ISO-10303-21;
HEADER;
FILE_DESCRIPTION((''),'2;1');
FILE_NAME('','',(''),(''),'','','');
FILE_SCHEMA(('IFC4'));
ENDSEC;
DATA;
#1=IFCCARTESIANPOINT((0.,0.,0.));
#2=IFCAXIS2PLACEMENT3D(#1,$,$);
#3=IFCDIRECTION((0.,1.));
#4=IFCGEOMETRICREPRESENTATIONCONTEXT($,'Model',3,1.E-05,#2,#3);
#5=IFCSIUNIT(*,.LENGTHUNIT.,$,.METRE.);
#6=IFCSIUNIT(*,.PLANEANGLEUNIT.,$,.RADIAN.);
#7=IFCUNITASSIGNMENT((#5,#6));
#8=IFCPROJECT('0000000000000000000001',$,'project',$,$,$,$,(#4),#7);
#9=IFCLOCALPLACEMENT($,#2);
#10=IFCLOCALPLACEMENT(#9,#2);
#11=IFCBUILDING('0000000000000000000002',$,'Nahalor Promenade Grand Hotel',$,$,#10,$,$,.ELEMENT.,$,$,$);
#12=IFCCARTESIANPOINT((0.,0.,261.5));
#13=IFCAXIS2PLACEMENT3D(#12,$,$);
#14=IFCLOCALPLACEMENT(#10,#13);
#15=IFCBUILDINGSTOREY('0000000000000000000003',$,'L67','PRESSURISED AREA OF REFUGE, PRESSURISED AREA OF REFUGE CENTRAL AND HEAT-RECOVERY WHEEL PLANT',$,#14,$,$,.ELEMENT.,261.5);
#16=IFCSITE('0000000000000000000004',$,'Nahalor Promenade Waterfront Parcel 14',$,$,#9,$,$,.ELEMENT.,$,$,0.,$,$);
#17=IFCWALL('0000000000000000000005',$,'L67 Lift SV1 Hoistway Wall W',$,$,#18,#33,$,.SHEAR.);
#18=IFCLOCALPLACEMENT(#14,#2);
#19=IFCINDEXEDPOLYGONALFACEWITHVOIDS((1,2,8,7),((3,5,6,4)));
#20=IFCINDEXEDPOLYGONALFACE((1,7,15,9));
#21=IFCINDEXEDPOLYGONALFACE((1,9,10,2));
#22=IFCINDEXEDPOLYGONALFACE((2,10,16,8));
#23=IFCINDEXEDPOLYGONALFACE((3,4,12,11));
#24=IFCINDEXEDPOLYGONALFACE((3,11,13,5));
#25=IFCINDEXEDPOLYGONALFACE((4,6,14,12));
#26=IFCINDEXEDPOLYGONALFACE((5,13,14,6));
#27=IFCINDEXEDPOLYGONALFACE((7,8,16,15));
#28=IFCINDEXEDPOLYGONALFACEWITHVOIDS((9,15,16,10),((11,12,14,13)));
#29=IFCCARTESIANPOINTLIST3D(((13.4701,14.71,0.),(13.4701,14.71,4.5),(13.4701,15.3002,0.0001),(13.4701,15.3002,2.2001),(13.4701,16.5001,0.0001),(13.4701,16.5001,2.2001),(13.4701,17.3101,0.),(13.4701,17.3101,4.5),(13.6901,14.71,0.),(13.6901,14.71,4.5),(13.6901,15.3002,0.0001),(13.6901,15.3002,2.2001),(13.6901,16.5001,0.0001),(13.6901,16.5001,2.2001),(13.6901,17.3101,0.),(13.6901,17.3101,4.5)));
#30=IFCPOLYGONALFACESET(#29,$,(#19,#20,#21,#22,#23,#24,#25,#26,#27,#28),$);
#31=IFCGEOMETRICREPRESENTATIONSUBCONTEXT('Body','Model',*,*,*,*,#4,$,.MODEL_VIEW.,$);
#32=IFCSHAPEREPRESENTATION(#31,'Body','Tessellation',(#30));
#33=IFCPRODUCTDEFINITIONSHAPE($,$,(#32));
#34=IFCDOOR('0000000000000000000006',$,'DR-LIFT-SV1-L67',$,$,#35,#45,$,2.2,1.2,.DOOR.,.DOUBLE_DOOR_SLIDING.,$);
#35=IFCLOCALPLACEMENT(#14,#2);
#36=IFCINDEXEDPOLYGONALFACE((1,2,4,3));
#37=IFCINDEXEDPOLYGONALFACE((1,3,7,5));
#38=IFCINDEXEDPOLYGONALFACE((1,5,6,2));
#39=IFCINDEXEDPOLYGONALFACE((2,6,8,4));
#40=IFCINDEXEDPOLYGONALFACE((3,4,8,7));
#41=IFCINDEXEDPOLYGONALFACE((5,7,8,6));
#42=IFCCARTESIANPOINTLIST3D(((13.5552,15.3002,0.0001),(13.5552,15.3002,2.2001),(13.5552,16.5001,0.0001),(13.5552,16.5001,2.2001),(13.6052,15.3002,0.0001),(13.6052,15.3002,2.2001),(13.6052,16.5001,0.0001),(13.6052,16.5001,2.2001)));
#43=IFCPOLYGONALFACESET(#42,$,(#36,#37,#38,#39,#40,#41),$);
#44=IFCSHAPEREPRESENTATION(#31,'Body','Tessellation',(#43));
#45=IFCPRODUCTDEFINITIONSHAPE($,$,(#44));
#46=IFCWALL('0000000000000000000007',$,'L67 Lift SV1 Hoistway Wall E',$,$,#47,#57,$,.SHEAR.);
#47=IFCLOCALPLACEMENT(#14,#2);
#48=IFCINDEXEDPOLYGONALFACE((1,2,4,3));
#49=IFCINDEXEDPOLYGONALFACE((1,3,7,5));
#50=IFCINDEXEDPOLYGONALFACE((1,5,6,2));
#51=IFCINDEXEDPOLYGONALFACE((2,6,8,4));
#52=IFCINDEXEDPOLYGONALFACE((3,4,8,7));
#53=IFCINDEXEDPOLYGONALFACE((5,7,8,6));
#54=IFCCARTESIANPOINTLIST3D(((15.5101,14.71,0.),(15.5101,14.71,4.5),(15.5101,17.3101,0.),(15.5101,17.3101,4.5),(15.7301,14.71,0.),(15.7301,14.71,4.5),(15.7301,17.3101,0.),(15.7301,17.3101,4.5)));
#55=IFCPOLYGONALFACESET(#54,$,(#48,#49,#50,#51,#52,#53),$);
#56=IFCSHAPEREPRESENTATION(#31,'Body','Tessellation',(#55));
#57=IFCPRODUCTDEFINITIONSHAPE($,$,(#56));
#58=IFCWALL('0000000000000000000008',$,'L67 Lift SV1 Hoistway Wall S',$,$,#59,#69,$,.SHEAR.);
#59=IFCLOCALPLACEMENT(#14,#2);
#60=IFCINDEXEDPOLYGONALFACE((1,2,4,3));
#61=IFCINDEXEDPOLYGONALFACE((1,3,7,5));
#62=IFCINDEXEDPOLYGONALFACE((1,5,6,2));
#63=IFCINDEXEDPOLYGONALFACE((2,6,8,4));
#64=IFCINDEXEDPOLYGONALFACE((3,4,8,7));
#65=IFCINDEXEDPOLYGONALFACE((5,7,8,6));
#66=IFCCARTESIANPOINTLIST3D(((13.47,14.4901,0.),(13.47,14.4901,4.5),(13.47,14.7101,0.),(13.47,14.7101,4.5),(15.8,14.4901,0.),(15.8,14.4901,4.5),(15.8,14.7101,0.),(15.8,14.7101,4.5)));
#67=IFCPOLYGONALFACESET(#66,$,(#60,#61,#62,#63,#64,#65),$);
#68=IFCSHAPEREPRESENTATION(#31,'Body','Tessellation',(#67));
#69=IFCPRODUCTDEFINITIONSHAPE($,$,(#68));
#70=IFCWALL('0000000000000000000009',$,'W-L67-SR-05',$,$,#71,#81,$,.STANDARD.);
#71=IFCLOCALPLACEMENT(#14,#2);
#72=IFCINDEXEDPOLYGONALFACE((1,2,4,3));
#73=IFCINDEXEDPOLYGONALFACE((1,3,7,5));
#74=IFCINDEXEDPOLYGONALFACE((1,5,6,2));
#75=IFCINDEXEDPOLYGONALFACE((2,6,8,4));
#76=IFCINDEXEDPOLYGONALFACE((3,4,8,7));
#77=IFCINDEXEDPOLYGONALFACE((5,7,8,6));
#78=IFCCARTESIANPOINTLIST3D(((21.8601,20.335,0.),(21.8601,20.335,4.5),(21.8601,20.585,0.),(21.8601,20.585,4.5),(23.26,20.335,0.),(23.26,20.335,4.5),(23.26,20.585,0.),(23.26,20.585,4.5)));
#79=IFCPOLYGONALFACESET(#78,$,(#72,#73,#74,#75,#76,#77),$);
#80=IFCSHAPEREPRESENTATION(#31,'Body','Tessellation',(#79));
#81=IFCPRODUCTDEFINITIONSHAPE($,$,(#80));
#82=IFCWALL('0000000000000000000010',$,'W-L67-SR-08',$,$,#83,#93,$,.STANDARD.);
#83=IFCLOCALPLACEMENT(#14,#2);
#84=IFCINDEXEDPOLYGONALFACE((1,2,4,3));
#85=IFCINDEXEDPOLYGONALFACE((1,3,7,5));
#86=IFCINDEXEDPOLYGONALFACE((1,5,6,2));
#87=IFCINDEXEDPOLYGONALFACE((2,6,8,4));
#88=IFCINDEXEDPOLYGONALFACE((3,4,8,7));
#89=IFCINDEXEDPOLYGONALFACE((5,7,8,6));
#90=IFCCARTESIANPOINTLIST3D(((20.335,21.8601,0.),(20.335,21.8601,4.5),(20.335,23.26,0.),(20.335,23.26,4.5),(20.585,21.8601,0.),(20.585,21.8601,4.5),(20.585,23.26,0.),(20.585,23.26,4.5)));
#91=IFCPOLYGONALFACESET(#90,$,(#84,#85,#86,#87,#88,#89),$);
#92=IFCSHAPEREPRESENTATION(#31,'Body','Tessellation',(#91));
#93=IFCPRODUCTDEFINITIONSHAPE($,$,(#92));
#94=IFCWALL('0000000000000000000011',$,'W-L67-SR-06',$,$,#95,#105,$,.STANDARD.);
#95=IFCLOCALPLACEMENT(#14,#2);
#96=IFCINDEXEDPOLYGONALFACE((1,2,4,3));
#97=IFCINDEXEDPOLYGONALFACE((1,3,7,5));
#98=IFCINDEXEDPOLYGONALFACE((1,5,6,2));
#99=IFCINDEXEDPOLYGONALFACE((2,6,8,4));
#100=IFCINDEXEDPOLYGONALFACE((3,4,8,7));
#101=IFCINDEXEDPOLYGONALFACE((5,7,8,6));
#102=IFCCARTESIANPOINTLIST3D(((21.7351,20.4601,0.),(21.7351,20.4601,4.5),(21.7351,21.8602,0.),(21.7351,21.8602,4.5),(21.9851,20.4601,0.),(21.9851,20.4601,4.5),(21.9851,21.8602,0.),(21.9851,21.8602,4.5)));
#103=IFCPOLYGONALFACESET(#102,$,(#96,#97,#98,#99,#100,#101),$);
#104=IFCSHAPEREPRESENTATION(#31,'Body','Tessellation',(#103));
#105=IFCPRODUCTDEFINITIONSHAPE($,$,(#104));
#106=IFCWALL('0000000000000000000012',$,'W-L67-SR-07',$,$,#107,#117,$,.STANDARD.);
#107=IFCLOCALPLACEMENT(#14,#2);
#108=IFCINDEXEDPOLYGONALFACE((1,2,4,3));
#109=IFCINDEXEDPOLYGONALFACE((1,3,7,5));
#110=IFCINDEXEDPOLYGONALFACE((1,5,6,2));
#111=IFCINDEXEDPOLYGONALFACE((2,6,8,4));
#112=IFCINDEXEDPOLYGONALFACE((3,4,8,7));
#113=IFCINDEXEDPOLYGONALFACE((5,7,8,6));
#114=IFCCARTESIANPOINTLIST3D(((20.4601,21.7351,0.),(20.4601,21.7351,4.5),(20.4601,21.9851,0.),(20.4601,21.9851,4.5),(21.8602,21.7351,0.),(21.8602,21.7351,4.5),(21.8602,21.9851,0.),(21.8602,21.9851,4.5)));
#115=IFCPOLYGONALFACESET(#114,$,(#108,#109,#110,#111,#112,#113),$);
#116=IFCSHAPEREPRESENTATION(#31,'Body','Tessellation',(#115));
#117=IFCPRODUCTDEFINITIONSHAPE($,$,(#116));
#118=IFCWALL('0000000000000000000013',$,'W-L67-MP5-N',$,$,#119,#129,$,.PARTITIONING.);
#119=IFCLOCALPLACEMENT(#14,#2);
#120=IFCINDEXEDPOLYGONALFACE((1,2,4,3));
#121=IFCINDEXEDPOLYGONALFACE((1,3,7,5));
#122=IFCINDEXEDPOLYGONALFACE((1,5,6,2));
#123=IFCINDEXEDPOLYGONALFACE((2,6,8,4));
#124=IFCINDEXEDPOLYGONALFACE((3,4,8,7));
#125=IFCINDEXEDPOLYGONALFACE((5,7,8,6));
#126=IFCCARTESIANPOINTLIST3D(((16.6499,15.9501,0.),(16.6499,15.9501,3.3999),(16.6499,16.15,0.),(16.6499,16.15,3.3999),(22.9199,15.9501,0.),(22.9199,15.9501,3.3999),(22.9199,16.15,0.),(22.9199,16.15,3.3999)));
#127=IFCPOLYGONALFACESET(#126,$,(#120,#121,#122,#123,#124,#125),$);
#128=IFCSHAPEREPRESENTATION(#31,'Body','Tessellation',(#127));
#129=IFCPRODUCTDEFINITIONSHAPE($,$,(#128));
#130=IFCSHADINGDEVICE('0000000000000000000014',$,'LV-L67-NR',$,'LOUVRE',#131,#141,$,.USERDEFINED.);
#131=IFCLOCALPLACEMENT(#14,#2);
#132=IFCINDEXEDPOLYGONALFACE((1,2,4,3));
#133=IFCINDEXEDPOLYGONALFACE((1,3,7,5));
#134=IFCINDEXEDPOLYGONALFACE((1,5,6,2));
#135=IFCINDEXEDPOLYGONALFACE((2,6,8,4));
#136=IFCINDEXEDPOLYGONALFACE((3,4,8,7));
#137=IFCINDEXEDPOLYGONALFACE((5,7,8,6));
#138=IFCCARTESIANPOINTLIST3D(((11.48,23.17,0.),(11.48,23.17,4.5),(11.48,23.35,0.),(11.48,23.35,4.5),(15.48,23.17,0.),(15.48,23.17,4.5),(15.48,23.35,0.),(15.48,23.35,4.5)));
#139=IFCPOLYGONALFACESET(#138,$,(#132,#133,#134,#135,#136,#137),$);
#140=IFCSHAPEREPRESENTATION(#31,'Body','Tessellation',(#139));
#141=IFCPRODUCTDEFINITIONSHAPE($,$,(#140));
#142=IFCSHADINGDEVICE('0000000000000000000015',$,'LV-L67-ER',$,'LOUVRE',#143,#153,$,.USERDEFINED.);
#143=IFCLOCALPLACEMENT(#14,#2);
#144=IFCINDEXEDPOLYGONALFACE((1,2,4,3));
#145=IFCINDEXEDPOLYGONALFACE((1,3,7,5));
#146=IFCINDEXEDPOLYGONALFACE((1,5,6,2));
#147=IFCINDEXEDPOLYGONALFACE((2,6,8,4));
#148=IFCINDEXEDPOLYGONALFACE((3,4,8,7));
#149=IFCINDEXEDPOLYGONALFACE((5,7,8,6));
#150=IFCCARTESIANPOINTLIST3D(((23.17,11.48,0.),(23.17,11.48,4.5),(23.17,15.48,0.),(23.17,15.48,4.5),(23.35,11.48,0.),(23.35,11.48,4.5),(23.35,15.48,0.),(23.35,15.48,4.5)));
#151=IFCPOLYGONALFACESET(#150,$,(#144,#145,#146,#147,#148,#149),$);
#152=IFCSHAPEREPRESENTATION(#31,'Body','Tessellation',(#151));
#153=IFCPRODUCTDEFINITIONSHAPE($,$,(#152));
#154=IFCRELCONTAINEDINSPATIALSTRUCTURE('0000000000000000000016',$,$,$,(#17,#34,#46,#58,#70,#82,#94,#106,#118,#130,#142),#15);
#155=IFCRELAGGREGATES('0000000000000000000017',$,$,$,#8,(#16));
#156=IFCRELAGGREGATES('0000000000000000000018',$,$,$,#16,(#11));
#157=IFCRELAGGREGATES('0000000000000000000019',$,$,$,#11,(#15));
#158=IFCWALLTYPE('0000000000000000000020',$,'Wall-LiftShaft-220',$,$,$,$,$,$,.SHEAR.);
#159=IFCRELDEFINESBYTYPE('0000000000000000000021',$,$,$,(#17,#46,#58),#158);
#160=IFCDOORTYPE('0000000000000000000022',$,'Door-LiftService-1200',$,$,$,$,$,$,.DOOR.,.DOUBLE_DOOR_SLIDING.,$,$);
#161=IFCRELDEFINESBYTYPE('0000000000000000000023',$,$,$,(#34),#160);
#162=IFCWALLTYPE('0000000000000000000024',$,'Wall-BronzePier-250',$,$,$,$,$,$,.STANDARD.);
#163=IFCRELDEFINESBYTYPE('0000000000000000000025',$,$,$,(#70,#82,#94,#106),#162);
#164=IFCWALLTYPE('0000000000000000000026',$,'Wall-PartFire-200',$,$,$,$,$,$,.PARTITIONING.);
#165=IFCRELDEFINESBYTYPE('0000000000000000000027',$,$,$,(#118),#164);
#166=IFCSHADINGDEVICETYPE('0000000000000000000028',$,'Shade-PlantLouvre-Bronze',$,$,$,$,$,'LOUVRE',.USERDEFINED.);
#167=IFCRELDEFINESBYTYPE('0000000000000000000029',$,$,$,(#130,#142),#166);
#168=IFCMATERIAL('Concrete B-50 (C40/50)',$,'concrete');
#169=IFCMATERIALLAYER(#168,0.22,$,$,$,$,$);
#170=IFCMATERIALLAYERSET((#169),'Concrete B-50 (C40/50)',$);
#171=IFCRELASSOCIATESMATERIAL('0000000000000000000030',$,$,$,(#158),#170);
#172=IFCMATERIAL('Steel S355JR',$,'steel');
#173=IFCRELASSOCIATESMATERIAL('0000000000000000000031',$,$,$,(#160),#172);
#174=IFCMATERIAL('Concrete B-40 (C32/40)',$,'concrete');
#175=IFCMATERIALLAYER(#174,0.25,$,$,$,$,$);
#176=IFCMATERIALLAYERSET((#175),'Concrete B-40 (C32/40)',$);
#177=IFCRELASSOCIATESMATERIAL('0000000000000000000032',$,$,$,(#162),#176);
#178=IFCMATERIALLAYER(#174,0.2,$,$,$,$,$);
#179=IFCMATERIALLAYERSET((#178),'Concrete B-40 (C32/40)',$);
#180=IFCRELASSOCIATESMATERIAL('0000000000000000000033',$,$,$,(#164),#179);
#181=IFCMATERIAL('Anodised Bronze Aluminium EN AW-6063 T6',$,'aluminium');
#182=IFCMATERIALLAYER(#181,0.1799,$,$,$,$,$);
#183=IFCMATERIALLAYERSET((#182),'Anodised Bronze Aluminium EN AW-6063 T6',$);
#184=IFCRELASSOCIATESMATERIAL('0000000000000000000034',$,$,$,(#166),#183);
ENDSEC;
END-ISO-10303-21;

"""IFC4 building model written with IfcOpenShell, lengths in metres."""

from ifc_helpers import new_model, si_unit, direction, frame, frame_2d, origin, origin_2d, place, context, subcontext, project, spatial, rectangle, extrude, source, transform, mapped, material, layer, layer_set, type_object, element, fill, save


model = new_model("IFC4")

# Units and contexts
model_context = context("Model", 3, precision=1e-05, world=origin(), true_north=direction((0.0, 1.0)))
body_context = subcontext(model_context, "Body", "Model", "MODEL_VIEW")
ifc_project = project(units=[si_unit("LENGTHUNIT", "METRE"), si_unit("PLANEANGLEUNIT", "RADIAN")], contexts=[model_context])

# Site, building, storey
site_placement = place(None, origin())
site = spatial("IfcSite", under=ifc_project, at=site_placement, Name="Nahalor Promenade Waterfront Parcel 14", CompositionType="ELEMENT", RefElevation=0.0)
building_placement = place(site_placement, origin())
building = spatial("IfcBuilding", under=site, at=building_placement, Name="Nahalor Promenade Grand Hotel", CompositionType="ELEMENT")
storey_placement = place(building_placement, frame((0.0, 0.0, 261.5)))
storey = spatial("IfcBuildingStorey", under=building, at=storey_placement, Name="L67", Description="PRESSURISED AREA OF REFUGE, PRESSURISED AREA OF REFUGE CENTRAL AND HEAT-RECOVERY WHEEL PLANT", CompositionType="ELEMENT", Elevation=261.5)

# Shared definitions
ifc_material_1 = material(Name="Steel S355JR", Category="steel")

# Shared definitions
ifc_material_2 = material(Name="Concrete B-50 (C40/50)", Category="concrete")
ifc_layer_1 = layer(ifc_material_2, 0.22)
ifc_layer_set_1 = layer_set([ifc_layer_1], Name="Concrete B-50 (C40/50)")
wall_type_1 = type_object("IfcWallType", Name="Wall-LiftShaft-220", PredefinedType="SHEAR", material=ifc_layer_set_1)

# Wall, opening, door
shared_shape_1 = source(origin(), body_context, "Body", "SweptSolid", [
    extrude(rectangle(XDim=2.6001, YDim=0.22, at=frame_2d((1.3, 0.0))), origin(), (0.0, 0.0, 1.0), 4.5),
])
wall_1_placement = place(storey_placement, frame((13.5801, 14.71, 0.0), z_axis=(0.0, 0.0, 1.0), x_axis=(0.0, 1.0, 0.0)))
wall_1 = element("IfcWall", 1, at=wall_1_placement, inside=storey, type_object=wall_type_1, Name="L67 Lift SV1 Hoistway Wall W", PredefinedType="SHEAR", context=body_context, shape_type="MappedRepresentation", body=[
    mapped(shared_shape_1, transform((0.0, 0.0, 0.0), scale=1.0)),
])
opening_placement = place(wall_1_placement, frame((0.5901, 0.0, 0.0)))
opening = element("IfcOpeningElement", 2, at=opening_placement, cuts=wall_1, PredefinedType="OPENING", context=body_context, shape_type="SweptSolid", body=[
    extrude(rectangle(XDim=1.2, YDim=2.2, at=frame_2d((0.6001, 1.1001))), frame((0.0, 0.1199, 0.0), z_axis=(0.0, -1.0, 0.0), x_axis=(1.0, 0.0, 0.0)), (0.0, 0.0, 1.0), 0.24),
])
door_type = type_object("IfcDoorType", Name="Door-LiftService-1200", OperationType="DOUBLE_DOOR_SLIDING", PredefinedType="DOOR", material=ifc_material_1)
shared_shape_2 = source(origin(), body_context, "Body", "SweptSolid", [
    extrude(rectangle(XDim=1.2, YDim=2.2, at=frame_2d((0.6001, 1.1001))), frame((0.0, 0.0249, 0.0), z_axis=(0.0, -1.0, 0.0), x_axis=(1.0, 0.0, 0.0)), (0.0, 0.0, 1.0), 0.05),
])
door_placement = place(opening_placement, origin())
door = element("IfcDoor", 3, at=door_placement, inside=storey, type_object=door_type, Name="DR-LIFT-SV1-L67", OperationType="DOUBLE_DOOR_SLIDING", OverallHeight=2.2, OverallWidth=1.2, PredefinedType="DOOR", context=body_context, shape_type="MappedRepresentation", body=[
    mapped(shared_shape_2, transform((0.0, 0.0, 0.0), scale=1.0)),
])
fill(opening, door)

# Walls
wall_2_placement = place(storey_placement, frame((15.6201, 14.71, 0.0), z_axis=(0.0, 0.0, 1.0), x_axis=(0.0, 1.0, 0.0)))
element("IfcWall", 4, at=wall_2_placement, inside=storey, type_object=wall_type_1, Name="L67 Lift SV1 Hoistway Wall E", PredefinedType="SHEAR", context=body_context, shape_type="MappedRepresentation", body=[
    mapped(shared_shape_1, transform((0.0, 0.0, 0.0), scale=1.0)),
])
shared_shape_3 = source(origin(), body_context, "Body", "SweptSolid", [
    extrude(rectangle(XDim=2.3301, YDim=0.22, at=frame_2d((1.165, 0.0))), origin(), (0.0, 0.0, 1.0), 4.5),
])
wall_3_placement = place(storey_placement, frame((13.47, 14.6001, 0.0), z_axis=(0.0, 0.0, 1.0), x_axis=(1.0, 0.0, 0.0)))
element("IfcWall", 5, at=wall_3_placement, inside=storey, type_object=wall_type_1, Name="L67 Lift SV1 Hoistway Wall S", PredefinedType="SHEAR", context=body_context, shape_type="MappedRepresentation", body=[
    mapped(shared_shape_3, transform((0.0, 0.0, 0.0), scale=1.0)),
])
ifc_material_3 = material(Name="Concrete B-40 (C32/40)", Category="concrete")
ifc_layer_2 = layer(ifc_material_3, 0.25)
ifc_layer_set_2 = layer_set([ifc_layer_2], Name="Concrete B-40 (C32/40)")
wall_type_2 = type_object("IfcWallType", Name="Wall-BronzePier-250", PredefinedType="STANDARD", material=ifc_layer_set_2)
shared_shape_4 = source(origin(), body_context, "Body", "SweptSolid", [
    extrude(rectangle(XDim=1.3999, YDim=0.25, at=frame_2d((0.7, 0.0))), origin(), (0.0, 0.0, 1.0), 4.5),
])
for number, where, z_axis, x_axis, name in (
    (6, (21.8601, 20.46, 0.0), (0.0, 0.0, 1.0), (1.0, 0.0, 0.0), "W-L67-SR-05"),
    (7, (20.46, 21.8601, 0.0), (0.0, 0.0, 1.0), (0.0, 1.0, 0.0), "W-L67-SR-08"),
):
    element("IfcWall", number, at=place(storey_placement, frame(where, z_axis=z_axis, x_axis=x_axis)), inside=storey, type_object=wall_type_2, Name=name, PredefinedType="STANDARD", context=body_context, shape_type="MappedRepresentation", body=[
        mapped(shared_shape_4, transform((0.0, 0.0, 0.0), scale=1.0)),
    ])
shared_shape_5 = source(origin(), body_context, "Body", "SweptSolid", [
    extrude(rectangle(XDim=1.4001, YDim=0.25, at=frame_2d((0.7002, 0.0))), origin(), (0.0, 0.0, 1.0), 4.5),
])
for number, where, z_axis, x_axis, name in (
    (8, (21.8601, 20.46, 0.0), (0.0, 0.0, 1.0), (0.0, 1.0, 0.0), "W-L67-SR-06"),
    (9, (20.46, 21.8601, 0.0), (0.0, 0.0, 1.0), (1.0, 0.0, 0.0), "W-L67-SR-07"),
):
    element("IfcWall", number, at=place(storey_placement, frame(where, z_axis=z_axis, x_axis=x_axis)), inside=storey, type_object=wall_type_2, Name=name, PredefinedType="STANDARD", context=body_context, shape_type="MappedRepresentation", body=[
        mapped(shared_shape_5, transform((0.0, 0.0, 0.0), scale=1.0)),
    ])
ifc_layer_3 = layer(ifc_material_3, 0.2)
ifc_layer_set_3 = layer_set([ifc_layer_3], Name="Concrete B-40 (C32/40)")
wall_type_3 = type_object("IfcWallType", Name="Wall-PartFire-200", PredefinedType="PARTITIONING", material=ifc_layer_set_3)
shared_shape_6 = source(origin(), body_context, "Body", "SweptSolid", [
    extrude(rectangle(XDim=6.27, YDim=0.2, at=frame_2d((3.135, 0.0))), origin(), (0.0, 0.0, 1.0), 3.3999),
])
wall_4_placement = place(storey_placement, frame((16.6499, 16.05, 0.0), z_axis=(0.0, 0.0, 1.0), x_axis=(1.0, 0.0, 0.0)))
element("IfcWall", 10, at=wall_4_placement, inside=storey, type_object=wall_type_3, Name="W-L67-MP5-N", PredefinedType="PARTITIONING", context=body_context, shape_type="MappedRepresentation", body=[
    mapped(shared_shape_6, transform((0.0, 0.0, 0.0), scale=1.0)),
])

# Shading devices
ifc_material_4 = material(Name="Anodised Bronze Aluminium EN AW-6063 T6", Category="aluminium")
ifc_layer_4 = layer(ifc_material_4, 0.1799)
ifc_layer_set_4 = layer_set([ifc_layer_4], Name="Anodised Bronze Aluminium EN AW-6063 T6")
shading_device_type = type_object("IfcShadingDeviceType", Name="Shade-PlantLouvre-Bronze", ElementType="LOUVRE", PredefinedType="USERDEFINED", material=ifc_layer_set_4)
shared_shape_7 = source(origin(), body_context, "Body", "SweptSolid", [
    extrude(rectangle(XDim=4.0, YDim=0.1799, at=origin_2d()), origin(), (0.0, 0.0, 1.0), 4.5),
])
for number, where, z_axis, x_axis, name in (
    (11, (13.48, 23.26, 0.0), (0.0, 0.0, 1.0), (1.0, 0.0, 0.0), "LV-L67-NR"),
    (12, (23.26, 13.48, 0.0), (0.0, 0.0, 1.0), (0.0, 1.0, 0.0), "LV-L67-ER"),
):
    element("IfcShadingDevice", number, at=place(storey_placement, frame(where, z_axis=z_axis, x_axis=x_axis)), inside=storey, type_object=shading_device_type, Name=name, ObjectType="LOUVRE", PredefinedType="USERDEFINED", context=body_context, shape_type="MappedRepresentation", body=[
        mapped(shared_shape_7, transform((0.0, 0.0, 0.0), scale=1.0)),
    ])

save(model, "model.ifc")
